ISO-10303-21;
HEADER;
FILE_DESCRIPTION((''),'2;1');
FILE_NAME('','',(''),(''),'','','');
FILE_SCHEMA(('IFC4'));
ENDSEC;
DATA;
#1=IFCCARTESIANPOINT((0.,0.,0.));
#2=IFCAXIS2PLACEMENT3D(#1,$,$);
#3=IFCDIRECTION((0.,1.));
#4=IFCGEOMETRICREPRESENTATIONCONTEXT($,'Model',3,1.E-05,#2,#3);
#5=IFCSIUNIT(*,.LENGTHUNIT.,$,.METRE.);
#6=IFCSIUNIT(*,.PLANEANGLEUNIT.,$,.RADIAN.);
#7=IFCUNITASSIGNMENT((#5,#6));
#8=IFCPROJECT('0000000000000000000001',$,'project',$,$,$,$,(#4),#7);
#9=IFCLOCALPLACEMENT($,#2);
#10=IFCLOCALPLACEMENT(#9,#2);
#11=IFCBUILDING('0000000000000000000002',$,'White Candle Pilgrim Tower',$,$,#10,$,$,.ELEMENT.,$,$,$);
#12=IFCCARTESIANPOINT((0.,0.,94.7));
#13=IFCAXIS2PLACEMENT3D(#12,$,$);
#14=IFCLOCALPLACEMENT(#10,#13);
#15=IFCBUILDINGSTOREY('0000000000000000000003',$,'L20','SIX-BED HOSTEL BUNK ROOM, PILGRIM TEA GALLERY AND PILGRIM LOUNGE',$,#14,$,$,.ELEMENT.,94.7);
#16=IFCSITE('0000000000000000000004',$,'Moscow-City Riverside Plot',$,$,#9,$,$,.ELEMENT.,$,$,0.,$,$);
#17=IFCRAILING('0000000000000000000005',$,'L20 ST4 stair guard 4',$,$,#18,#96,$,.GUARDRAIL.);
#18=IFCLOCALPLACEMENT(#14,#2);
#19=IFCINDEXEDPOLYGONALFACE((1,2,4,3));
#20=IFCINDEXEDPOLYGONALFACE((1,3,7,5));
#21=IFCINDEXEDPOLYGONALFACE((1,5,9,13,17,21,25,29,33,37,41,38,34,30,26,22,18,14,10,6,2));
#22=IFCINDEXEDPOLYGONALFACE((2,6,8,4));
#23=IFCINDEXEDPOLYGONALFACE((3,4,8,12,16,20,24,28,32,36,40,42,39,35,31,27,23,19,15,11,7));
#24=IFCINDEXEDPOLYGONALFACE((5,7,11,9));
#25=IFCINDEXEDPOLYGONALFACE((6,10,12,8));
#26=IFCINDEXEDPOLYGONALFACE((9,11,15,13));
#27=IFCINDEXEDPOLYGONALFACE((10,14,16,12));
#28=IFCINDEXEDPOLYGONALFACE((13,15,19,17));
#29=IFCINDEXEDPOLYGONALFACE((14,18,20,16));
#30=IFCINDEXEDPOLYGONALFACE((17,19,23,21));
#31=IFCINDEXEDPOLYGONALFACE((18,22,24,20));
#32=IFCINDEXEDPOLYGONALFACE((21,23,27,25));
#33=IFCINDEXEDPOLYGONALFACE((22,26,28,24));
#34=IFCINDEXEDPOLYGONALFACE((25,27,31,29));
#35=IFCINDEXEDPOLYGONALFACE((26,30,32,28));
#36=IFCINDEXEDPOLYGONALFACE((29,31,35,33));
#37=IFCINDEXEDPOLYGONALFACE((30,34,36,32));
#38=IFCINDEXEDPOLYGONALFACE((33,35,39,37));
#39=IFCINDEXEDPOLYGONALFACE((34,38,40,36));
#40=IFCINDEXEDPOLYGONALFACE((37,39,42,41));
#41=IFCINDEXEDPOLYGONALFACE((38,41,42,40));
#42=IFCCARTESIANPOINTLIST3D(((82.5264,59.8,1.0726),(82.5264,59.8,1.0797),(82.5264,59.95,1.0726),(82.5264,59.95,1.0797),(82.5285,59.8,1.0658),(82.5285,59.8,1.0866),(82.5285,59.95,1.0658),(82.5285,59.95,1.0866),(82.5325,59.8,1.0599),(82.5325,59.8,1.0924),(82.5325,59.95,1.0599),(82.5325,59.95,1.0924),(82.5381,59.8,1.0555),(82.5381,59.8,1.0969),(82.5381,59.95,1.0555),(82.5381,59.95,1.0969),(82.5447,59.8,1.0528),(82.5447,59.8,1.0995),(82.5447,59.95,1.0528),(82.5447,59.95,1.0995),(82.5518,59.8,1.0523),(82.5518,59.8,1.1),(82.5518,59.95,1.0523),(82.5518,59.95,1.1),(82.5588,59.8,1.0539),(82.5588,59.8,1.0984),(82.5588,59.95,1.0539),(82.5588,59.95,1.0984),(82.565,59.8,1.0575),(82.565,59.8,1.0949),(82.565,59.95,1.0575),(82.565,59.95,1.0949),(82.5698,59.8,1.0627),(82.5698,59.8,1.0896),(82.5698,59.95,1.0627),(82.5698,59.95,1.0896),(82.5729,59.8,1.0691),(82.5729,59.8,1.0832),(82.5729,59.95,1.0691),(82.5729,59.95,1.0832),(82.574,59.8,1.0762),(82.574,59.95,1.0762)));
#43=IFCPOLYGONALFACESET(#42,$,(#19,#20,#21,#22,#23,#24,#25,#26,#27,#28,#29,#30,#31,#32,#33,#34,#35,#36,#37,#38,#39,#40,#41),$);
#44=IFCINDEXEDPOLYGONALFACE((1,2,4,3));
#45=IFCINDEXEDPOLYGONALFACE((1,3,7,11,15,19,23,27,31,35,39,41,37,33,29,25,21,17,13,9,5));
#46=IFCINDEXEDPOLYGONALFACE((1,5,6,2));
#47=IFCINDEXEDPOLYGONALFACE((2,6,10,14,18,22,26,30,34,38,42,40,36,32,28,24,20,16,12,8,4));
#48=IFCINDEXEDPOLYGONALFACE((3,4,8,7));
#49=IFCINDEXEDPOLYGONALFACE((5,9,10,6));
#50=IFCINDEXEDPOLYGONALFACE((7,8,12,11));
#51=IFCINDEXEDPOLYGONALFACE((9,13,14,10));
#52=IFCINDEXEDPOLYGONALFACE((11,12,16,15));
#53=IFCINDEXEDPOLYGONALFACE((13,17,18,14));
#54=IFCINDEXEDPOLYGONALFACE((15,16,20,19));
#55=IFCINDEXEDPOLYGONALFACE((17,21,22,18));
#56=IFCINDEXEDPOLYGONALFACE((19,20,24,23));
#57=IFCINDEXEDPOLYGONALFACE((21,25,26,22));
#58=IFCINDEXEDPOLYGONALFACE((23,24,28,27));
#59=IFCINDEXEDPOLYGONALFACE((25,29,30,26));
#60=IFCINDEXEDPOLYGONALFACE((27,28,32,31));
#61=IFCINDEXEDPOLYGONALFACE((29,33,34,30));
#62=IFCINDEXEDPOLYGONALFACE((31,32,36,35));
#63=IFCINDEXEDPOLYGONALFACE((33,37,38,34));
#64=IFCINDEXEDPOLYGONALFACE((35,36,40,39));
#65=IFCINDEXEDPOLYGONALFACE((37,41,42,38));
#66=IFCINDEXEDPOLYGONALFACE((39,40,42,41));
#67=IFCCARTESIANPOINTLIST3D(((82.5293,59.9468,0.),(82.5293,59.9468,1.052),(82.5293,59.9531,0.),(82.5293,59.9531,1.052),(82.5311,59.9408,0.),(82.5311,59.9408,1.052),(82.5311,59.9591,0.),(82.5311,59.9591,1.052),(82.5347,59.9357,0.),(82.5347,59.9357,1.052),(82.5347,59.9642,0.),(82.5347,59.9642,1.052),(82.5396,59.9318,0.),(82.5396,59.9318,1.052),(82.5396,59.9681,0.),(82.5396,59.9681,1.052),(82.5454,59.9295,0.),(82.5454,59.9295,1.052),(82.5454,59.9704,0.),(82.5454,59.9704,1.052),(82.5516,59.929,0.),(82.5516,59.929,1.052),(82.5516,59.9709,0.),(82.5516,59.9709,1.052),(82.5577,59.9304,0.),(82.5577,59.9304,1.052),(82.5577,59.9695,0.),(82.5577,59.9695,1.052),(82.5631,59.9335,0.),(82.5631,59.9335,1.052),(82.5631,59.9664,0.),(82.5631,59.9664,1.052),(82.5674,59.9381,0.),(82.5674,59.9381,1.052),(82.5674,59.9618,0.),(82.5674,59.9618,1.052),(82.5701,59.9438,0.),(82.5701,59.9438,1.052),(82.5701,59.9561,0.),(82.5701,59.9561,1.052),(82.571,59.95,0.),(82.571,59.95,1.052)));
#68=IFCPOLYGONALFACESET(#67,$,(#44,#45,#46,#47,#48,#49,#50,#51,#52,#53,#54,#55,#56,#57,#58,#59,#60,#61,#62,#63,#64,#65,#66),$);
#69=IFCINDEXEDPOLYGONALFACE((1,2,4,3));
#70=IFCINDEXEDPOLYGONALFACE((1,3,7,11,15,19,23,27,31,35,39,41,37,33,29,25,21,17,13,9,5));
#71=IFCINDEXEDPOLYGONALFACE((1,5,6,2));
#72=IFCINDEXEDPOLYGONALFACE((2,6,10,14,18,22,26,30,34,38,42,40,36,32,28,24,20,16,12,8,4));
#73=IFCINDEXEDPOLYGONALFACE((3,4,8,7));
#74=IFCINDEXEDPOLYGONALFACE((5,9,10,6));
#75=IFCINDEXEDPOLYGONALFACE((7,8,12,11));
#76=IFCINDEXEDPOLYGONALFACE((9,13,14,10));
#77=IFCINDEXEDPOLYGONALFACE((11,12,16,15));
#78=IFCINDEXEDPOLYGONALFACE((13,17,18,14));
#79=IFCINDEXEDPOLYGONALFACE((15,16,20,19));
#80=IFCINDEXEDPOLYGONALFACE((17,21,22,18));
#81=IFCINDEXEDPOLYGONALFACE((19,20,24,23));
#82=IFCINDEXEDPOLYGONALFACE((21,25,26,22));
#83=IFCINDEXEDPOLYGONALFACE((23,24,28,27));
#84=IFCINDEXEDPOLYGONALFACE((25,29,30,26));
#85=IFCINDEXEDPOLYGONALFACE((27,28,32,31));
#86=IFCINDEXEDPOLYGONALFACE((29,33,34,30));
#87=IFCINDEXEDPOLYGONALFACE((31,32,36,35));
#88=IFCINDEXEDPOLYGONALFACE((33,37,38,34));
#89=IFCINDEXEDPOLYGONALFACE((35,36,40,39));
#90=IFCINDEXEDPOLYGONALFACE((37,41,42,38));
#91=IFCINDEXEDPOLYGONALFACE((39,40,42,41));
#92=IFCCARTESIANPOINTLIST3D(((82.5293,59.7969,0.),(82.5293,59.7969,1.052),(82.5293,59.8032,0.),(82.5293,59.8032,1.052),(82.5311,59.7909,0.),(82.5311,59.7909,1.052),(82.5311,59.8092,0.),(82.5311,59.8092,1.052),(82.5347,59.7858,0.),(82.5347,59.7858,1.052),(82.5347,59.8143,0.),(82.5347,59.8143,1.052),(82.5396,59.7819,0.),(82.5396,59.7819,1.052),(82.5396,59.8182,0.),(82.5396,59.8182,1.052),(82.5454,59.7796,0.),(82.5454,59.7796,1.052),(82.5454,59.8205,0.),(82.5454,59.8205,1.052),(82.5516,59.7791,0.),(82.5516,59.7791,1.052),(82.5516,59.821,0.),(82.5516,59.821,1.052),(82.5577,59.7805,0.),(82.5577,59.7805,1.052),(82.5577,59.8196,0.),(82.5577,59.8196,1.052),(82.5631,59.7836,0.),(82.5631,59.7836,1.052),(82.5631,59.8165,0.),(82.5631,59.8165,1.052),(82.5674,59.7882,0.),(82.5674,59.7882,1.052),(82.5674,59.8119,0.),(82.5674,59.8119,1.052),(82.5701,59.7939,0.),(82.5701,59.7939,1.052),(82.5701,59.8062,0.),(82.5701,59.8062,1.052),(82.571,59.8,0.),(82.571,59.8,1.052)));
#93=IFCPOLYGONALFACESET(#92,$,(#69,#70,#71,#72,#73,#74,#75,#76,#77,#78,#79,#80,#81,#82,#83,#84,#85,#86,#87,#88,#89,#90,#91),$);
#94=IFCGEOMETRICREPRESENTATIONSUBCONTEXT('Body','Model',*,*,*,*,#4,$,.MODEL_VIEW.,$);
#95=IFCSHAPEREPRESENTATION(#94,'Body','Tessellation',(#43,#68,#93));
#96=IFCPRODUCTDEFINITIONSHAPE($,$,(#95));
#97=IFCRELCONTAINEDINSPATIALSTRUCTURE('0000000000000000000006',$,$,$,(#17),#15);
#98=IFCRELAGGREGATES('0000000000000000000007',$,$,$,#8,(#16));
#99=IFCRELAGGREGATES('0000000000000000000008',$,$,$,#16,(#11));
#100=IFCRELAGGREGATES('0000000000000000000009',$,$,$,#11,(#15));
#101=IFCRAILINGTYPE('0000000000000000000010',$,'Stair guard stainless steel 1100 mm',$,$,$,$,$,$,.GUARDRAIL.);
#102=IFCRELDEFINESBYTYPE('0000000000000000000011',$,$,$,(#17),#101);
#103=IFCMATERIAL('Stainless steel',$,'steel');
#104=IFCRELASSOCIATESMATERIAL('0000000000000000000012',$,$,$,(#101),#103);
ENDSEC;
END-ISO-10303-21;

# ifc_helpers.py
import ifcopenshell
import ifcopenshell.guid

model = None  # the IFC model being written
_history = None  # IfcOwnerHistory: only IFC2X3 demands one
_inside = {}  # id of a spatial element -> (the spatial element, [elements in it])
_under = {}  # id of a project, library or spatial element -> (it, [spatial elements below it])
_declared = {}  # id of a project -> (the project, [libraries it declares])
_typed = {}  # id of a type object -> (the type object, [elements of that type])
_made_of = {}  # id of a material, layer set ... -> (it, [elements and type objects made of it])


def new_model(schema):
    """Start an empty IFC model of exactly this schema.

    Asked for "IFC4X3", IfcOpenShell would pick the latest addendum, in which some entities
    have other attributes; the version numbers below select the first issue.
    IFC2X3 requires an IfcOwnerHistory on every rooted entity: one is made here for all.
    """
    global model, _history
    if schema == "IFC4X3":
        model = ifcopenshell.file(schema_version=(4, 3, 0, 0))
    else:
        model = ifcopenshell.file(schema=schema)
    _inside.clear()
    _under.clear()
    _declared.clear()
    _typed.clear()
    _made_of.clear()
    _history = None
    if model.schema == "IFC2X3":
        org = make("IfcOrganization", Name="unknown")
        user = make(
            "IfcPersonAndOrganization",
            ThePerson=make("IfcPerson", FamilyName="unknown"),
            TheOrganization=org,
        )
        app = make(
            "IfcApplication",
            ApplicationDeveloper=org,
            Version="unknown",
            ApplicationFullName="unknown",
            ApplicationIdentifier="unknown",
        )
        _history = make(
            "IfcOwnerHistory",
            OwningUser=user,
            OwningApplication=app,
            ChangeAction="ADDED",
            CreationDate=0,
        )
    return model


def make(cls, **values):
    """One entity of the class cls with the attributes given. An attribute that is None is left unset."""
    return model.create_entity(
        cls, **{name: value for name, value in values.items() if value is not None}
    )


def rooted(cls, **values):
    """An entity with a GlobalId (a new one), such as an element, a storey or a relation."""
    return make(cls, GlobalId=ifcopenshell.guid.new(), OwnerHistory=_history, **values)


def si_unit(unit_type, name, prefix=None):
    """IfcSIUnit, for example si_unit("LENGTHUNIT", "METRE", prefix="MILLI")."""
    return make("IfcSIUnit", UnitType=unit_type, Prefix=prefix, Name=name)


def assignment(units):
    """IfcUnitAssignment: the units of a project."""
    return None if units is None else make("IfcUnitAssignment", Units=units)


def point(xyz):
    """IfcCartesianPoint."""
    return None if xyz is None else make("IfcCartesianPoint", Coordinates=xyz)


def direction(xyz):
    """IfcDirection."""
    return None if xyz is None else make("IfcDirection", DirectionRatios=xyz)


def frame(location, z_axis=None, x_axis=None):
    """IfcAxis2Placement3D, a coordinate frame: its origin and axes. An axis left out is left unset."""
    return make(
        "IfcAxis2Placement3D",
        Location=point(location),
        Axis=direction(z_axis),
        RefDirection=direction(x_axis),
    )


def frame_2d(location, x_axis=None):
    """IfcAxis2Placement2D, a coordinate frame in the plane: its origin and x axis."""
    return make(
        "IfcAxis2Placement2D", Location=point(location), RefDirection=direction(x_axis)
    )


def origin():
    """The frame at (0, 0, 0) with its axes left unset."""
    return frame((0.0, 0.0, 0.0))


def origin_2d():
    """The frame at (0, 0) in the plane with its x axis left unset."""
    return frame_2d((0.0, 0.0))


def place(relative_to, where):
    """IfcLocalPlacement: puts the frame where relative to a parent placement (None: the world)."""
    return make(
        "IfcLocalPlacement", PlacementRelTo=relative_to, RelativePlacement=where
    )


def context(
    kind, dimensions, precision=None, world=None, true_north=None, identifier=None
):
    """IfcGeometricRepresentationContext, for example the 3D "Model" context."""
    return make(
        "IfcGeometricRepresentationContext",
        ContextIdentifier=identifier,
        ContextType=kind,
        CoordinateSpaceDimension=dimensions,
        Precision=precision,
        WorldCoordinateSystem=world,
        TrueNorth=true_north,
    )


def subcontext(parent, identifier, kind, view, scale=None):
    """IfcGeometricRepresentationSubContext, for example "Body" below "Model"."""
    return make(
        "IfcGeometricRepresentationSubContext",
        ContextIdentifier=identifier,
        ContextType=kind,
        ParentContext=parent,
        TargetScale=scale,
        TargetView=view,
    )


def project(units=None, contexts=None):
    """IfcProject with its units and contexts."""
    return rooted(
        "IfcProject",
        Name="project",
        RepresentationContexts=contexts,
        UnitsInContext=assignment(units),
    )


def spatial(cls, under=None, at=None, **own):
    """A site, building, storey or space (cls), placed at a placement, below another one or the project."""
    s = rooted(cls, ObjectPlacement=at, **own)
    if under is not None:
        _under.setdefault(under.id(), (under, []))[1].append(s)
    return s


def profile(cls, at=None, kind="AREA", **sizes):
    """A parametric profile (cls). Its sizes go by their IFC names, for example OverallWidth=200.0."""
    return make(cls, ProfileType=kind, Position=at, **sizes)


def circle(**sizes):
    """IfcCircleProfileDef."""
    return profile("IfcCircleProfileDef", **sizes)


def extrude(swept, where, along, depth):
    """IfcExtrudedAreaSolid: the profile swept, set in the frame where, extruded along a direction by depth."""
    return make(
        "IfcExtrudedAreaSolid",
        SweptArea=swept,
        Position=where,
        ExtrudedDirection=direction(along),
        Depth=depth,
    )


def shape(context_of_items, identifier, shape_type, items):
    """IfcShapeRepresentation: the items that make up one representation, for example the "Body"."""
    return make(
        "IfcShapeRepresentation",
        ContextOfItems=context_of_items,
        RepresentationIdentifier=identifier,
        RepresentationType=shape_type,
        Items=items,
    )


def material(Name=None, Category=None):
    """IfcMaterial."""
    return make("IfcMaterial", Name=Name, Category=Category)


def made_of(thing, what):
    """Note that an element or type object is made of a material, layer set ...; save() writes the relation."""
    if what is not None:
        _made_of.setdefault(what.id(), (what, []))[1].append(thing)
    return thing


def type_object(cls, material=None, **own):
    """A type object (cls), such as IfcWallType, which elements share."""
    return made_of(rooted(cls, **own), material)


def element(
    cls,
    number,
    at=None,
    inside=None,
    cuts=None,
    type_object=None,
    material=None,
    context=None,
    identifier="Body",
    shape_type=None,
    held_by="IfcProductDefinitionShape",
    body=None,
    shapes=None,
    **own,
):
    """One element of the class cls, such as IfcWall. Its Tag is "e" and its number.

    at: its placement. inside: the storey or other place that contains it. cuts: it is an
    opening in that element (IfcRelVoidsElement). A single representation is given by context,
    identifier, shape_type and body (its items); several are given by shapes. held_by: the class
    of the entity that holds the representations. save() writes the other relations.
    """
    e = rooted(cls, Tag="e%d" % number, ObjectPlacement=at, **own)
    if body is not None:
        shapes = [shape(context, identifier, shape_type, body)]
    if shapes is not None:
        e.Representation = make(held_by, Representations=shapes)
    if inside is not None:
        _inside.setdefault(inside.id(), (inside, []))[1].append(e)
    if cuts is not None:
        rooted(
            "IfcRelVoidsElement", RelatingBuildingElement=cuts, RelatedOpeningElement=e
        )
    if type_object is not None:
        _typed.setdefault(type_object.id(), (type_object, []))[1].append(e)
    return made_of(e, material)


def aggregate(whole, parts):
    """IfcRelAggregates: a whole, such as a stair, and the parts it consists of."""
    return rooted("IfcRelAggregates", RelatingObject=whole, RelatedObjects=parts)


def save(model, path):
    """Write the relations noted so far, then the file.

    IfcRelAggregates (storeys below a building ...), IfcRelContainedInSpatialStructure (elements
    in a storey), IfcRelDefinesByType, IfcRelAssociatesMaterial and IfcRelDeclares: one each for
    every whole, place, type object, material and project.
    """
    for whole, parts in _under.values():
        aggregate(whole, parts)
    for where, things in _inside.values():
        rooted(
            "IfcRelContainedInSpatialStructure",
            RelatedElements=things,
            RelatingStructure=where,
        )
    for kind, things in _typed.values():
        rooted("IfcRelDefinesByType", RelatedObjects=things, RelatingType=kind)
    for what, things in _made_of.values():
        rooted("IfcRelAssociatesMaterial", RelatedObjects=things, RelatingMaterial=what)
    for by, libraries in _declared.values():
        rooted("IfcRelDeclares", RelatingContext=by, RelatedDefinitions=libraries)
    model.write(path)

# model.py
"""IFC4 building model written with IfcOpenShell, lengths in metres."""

from ifc_helpers import new_model, si_unit, direction, frame, origin, origin_2d, place, context, subcontext, project, spatial, circle, extrude, material, type_object, element, save


model = new_model("IFC4")

# Units and contexts
model_context = context("Model", 3, precision=1e-05, world=origin(), true_north=direction((0.0, 1.0)))
body_context = subcontext(model_context, "Body", "Model", "MODEL_VIEW")
ifc_project = project(units=[si_unit("LENGTHUNIT", "METRE"), si_unit("PLANEANGLEUNIT", "RADIAN")], contexts=[model_context])

# Site, building, storey
site_placement = place(None, origin())
site = spatial("IfcSite", under=ifc_project, at=site_placement, Name="Moscow-City Riverside Plot", CompositionType="ELEMENT", RefElevation=0.0)
building_placement = place(site_placement, origin())
building = spatial("IfcBuilding", under=site, at=building_placement, Name="White Candle Pilgrim Tower", CompositionType="ELEMENT")
storey_placement = place(building_placement, frame((0.0, 0.0, 94.7)))
storey = spatial("IfcBuildingStorey", under=building, at=storey_placement, Name="L20", Description="SIX-BED HOSTEL BUNK ROOM, PILGRIM TEA GALLERY AND PILGRIM LOUNGE", CompositionType="ELEMENT", Elevation=94.7)

# Railing
ifc_material_1 = material(Name="Stainless steel", Category="steel")
railing_type_1 = type_object("IfcRailingType", Name="Stair guard stainless steel 1100 mm", PredefinedType="GUARDRAIL", material=ifc_material_1)
railing_1_placement = place(storey_placement, frame((82.55, 59.95, 0.0)))
element("IfcRailing", 1, at=railing_1_placement, inside=storey, type_object=railing_type_1, Name="L20 ST4 stair guard 4", PredefinedType="GUARDRAIL", context=body_context, shape_type="SweptSolid", body=[
    extrude(circle(Radius=0.0239, at=origin_2d()), frame((0.0, 0.0, 1.0762), z_axis=(0.0, -1.0, 0.0), x_axis=(1.0, 0.0, 0.0)), (0.0, 0.0, 1.0), 0.1499),
    extrude(circle(Radius=0.021, at=origin_2d()), origin(), (0.0, 0.0, 1.0), 1.052),
    extrude(circle(Radius=0.021, at=origin_2d()), frame((0.0, -0.1499, 0.0)), (0.0, 0.0, 1.0), 1.052),
])

save(model, "model.ifc")
